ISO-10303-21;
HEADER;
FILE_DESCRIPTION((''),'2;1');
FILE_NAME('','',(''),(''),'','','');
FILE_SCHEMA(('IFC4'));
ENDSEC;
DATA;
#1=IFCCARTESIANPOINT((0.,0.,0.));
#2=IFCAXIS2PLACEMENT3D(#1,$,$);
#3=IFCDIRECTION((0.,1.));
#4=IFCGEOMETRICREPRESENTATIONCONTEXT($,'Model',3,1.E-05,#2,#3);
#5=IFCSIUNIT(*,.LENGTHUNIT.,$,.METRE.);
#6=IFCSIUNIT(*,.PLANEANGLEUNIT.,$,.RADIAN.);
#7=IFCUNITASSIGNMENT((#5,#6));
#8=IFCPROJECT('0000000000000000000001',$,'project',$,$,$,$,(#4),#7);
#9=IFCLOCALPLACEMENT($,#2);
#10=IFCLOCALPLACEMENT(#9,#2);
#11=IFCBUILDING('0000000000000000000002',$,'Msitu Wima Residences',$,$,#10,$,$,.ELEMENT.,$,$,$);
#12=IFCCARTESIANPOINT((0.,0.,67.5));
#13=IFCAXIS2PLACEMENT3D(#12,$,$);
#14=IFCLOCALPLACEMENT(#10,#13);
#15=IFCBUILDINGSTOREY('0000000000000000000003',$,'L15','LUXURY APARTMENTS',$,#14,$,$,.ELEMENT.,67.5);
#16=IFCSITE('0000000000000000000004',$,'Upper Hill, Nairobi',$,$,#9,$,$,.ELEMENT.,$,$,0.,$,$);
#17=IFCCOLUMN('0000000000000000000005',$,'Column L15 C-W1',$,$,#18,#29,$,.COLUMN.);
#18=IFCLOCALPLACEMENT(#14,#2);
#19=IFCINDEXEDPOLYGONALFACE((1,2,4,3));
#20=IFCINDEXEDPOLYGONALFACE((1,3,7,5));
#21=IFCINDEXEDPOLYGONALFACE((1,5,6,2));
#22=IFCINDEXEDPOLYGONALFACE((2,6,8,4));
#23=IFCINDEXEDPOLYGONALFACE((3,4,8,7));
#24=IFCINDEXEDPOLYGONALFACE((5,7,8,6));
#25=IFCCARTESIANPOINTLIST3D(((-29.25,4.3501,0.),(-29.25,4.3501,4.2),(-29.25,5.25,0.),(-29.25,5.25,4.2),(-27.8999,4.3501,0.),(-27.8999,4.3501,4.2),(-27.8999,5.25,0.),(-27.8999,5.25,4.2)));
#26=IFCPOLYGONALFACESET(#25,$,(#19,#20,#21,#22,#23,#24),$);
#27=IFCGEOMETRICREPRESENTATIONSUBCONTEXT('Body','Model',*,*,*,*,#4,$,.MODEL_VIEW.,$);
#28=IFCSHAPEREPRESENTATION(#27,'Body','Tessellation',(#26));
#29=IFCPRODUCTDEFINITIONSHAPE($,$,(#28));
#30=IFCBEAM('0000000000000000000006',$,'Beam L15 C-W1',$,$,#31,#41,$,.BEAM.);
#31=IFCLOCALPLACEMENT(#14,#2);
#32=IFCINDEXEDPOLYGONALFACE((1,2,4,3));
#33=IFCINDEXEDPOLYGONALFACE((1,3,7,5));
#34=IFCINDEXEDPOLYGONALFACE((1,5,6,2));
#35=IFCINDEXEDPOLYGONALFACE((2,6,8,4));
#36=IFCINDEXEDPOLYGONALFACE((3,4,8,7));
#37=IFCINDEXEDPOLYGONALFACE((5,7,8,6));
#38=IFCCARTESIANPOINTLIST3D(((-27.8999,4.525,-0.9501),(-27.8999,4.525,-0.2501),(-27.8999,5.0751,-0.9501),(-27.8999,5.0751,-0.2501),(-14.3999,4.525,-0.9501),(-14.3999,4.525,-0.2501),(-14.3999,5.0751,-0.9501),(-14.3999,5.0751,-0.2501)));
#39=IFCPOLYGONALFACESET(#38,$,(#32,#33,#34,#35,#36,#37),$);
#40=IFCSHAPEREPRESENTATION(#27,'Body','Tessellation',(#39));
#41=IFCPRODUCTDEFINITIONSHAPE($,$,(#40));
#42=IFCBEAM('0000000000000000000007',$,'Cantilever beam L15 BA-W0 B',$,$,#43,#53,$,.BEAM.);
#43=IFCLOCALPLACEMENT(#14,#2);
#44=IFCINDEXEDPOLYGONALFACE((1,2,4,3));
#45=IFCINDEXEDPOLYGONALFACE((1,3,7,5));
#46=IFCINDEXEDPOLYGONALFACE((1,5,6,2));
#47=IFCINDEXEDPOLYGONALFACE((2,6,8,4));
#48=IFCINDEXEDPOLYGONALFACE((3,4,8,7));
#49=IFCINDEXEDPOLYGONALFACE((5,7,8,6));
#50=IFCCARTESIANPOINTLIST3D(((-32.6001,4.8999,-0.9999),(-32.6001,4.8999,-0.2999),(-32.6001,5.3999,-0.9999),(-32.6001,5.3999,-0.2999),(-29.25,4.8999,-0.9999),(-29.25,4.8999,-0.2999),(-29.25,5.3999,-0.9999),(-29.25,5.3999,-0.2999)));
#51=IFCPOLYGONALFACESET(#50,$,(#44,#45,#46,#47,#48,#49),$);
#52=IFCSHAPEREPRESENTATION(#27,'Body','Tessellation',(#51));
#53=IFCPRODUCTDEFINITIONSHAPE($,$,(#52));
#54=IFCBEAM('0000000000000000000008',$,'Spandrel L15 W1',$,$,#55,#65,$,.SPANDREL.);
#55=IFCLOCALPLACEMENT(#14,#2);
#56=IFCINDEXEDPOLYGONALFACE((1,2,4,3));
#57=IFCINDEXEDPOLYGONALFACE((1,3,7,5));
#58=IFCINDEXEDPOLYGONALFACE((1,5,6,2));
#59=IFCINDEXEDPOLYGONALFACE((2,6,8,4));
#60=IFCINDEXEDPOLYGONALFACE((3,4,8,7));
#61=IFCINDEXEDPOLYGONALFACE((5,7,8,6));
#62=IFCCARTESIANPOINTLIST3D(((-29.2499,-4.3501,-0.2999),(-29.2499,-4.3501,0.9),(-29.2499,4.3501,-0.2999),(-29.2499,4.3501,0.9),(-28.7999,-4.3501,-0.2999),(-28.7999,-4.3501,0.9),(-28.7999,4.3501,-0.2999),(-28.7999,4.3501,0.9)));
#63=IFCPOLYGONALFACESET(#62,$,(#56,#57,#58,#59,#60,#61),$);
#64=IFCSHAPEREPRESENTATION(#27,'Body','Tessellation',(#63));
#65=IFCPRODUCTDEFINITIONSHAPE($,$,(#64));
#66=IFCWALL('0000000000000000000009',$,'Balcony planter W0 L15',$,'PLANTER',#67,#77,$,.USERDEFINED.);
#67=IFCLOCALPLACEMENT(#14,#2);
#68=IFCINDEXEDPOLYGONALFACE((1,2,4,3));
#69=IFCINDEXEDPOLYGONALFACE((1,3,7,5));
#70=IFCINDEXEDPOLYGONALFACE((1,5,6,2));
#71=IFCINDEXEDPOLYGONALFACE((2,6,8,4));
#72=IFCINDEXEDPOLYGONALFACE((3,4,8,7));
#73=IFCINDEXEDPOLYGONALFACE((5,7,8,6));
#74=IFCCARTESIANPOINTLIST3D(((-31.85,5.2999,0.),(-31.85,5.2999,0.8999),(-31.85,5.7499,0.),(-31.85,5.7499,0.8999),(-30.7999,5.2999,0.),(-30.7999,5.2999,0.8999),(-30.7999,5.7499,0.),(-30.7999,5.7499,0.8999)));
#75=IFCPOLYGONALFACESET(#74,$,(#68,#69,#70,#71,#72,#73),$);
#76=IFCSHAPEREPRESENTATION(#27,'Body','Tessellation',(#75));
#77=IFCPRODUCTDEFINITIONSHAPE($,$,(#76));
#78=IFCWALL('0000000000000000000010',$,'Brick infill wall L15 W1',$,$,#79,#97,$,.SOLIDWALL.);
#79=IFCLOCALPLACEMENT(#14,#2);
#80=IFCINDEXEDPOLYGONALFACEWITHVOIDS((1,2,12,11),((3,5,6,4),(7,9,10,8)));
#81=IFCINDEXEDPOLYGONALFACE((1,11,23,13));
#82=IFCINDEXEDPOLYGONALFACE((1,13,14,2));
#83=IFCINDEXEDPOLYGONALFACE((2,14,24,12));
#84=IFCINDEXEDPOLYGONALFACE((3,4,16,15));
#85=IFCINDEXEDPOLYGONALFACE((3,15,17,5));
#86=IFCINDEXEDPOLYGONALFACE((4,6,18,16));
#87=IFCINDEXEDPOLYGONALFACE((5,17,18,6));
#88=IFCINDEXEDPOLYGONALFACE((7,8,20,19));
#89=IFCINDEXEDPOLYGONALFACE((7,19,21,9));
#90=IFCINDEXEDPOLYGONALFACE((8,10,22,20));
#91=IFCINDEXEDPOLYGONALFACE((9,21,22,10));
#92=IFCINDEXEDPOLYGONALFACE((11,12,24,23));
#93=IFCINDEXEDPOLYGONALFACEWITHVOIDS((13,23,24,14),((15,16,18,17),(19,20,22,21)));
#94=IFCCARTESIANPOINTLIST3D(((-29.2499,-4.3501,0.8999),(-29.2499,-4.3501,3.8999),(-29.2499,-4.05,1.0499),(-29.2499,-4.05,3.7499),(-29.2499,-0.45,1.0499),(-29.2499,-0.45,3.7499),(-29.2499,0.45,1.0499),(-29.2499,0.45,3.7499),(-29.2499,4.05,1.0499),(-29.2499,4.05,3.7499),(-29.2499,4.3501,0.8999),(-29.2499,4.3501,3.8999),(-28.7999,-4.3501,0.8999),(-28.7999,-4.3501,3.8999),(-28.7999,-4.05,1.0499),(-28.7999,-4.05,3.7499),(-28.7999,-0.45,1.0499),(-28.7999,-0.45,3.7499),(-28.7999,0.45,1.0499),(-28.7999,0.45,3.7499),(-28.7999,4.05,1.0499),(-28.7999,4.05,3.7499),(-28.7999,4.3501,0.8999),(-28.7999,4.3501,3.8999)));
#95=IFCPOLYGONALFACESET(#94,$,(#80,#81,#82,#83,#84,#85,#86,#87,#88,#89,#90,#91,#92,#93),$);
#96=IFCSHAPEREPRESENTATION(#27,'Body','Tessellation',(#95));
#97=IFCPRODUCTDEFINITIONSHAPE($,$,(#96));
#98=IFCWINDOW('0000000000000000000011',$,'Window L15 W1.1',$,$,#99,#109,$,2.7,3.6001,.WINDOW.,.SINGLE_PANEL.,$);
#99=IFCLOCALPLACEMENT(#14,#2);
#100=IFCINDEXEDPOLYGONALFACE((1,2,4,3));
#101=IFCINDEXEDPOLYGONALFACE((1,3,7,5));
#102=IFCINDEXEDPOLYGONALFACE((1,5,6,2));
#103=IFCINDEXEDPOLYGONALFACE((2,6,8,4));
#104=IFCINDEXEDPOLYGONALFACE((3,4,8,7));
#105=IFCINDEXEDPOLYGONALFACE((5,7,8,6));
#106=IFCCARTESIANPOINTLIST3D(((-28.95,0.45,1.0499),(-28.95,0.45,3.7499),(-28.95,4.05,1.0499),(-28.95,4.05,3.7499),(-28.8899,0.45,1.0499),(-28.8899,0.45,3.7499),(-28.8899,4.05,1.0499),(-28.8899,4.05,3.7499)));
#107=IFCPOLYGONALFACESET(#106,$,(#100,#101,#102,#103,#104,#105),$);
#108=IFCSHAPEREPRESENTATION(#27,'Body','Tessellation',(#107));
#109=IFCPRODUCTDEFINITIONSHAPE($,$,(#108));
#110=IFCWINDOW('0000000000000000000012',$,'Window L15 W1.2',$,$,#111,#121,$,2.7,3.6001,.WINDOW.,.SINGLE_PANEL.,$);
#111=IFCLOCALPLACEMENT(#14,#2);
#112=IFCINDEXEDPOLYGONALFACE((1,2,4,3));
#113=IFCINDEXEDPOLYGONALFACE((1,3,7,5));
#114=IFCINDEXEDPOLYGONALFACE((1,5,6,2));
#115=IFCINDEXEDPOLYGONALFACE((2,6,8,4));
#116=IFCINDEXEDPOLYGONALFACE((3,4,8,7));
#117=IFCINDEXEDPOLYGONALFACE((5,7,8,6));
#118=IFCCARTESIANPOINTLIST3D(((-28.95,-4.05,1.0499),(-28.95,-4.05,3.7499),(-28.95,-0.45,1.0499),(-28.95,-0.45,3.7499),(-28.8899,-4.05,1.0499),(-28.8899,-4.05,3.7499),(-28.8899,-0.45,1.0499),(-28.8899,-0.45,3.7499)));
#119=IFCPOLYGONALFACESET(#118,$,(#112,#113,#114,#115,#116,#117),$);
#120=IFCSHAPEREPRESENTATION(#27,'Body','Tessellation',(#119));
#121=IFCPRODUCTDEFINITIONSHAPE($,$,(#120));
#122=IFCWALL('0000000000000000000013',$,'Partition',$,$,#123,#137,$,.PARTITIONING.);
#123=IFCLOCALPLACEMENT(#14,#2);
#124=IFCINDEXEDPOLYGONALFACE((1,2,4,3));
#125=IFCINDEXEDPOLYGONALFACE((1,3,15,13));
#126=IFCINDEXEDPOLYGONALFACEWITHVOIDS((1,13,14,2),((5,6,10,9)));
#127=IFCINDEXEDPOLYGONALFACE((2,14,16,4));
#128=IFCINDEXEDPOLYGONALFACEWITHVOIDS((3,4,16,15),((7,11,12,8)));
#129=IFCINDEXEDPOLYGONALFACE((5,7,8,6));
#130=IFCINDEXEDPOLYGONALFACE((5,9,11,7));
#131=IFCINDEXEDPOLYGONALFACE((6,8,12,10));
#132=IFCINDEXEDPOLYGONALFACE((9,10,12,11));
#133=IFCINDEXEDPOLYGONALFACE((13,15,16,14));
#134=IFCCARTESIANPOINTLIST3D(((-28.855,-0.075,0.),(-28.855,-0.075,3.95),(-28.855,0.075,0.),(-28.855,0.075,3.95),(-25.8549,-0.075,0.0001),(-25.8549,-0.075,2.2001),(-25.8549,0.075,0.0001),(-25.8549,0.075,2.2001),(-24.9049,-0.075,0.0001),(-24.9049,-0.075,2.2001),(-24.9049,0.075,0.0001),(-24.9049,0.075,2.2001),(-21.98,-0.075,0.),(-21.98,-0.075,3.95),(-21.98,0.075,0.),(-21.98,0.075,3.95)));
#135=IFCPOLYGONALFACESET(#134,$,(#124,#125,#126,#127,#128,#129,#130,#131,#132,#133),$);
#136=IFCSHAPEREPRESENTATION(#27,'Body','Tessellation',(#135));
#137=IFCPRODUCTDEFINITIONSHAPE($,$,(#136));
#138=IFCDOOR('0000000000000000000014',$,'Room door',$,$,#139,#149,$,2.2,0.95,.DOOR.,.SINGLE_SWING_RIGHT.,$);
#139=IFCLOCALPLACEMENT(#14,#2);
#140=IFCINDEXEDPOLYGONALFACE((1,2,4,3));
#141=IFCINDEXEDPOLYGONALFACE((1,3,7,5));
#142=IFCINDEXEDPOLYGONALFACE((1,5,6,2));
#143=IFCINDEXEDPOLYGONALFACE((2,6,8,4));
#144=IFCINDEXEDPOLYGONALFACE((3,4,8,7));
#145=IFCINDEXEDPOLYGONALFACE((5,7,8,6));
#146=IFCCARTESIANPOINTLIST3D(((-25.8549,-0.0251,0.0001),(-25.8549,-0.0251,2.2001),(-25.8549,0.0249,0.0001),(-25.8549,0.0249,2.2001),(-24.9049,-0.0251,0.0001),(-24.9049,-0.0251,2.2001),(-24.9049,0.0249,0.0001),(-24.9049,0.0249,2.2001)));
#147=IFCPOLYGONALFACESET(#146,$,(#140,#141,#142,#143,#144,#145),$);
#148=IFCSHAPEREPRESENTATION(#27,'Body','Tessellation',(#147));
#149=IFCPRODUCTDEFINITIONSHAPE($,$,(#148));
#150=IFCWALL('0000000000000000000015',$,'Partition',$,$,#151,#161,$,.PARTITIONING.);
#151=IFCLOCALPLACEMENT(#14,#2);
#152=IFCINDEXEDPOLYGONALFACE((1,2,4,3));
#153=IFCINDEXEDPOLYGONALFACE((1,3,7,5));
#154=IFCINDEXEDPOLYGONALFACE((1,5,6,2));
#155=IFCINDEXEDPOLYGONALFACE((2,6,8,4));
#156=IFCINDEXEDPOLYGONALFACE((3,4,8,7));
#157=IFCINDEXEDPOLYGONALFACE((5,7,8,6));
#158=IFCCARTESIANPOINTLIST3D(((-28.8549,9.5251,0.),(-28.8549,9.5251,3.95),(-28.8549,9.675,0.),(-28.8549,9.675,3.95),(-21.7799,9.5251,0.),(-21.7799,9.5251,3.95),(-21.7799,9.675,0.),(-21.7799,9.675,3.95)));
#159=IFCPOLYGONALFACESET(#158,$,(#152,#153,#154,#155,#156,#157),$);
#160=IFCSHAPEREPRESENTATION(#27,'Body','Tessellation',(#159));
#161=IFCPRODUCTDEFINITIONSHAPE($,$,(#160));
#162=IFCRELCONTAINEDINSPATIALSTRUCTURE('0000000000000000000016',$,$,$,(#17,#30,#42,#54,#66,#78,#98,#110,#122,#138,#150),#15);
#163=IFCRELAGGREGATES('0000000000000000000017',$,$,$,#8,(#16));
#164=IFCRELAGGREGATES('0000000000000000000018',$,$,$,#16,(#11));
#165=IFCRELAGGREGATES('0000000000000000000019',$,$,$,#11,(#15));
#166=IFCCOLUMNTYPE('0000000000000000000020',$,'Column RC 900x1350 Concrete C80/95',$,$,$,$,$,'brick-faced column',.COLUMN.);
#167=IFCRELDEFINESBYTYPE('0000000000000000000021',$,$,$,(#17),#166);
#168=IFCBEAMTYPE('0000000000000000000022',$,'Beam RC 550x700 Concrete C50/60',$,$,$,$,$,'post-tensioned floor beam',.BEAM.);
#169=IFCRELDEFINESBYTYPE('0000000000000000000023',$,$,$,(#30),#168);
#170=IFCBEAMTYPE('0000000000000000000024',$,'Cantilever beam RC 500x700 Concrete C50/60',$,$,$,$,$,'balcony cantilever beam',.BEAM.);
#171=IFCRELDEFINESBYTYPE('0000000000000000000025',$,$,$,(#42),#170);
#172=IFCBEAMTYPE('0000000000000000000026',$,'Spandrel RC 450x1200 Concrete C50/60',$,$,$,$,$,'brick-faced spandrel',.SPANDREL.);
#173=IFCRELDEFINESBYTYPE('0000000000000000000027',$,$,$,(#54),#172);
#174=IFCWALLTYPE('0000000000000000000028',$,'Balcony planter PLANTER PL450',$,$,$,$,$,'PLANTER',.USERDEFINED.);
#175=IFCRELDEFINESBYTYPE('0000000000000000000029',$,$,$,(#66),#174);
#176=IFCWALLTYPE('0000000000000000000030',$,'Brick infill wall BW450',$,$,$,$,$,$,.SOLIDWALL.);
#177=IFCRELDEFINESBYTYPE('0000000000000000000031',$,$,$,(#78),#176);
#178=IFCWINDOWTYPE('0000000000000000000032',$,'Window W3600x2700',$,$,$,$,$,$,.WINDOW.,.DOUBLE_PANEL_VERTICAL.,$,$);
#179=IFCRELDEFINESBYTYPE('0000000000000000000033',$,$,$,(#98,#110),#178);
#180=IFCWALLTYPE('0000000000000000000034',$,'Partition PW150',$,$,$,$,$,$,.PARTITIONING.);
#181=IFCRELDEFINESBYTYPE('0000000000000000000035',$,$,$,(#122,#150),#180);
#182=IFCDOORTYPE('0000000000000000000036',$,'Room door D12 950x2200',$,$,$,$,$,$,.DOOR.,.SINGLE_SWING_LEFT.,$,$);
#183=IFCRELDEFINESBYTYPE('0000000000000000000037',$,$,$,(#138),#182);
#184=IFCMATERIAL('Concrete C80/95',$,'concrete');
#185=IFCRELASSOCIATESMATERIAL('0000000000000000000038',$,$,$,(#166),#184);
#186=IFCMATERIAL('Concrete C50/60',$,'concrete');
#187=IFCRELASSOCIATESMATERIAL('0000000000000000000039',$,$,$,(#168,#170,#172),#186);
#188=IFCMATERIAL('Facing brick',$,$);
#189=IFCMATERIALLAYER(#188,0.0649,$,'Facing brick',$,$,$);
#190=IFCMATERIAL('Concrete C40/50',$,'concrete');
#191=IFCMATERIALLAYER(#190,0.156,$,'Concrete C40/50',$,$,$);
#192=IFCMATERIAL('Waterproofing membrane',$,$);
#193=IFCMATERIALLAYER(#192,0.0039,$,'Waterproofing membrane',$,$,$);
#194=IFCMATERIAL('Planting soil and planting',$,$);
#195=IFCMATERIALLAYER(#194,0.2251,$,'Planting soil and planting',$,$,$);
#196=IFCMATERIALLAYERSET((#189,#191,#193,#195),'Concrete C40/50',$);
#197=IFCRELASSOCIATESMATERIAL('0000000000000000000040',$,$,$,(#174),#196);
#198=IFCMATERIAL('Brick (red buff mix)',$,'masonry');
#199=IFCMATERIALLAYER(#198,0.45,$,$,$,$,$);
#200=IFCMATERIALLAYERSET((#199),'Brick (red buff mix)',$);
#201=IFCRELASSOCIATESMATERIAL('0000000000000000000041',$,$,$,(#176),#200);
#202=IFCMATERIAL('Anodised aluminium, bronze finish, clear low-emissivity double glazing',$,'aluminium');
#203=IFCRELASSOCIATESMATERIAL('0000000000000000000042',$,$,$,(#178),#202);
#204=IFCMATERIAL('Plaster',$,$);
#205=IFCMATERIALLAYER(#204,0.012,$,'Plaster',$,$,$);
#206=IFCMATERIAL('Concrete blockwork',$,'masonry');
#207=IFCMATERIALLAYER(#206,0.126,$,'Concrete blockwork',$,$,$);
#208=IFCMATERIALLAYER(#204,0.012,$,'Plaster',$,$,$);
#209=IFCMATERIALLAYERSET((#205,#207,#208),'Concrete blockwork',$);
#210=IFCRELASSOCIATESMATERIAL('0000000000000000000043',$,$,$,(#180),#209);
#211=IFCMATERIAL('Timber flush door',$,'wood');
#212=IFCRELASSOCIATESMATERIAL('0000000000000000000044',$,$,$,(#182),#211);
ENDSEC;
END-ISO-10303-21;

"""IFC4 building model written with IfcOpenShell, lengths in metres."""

from ifc_helpers import new_model, si_unit, direction, frame, frame_2d, origin, origin_2d, place, context, subcontext, project, spatial, rectangle, extrude, material, layer, layer_set, material_profile, profile_set, type_object, element, fill, save


model = new_model("IFC4")

# Units and contexts
model_context = context("Model", 3, precision=1e-05, world=origin(), true_north=direction((0.0, 1.0)))
body_context = subcontext(model_context, "Body", "Model", "MODEL_VIEW")
ifc_project = project(units=[si_unit("LENGTHUNIT", "METRE"), si_unit("PLANEANGLEUNIT", "RADIAN")], contexts=[model_context])

# Site, building, storey
site_placement = place(None, origin())
site = spatial("IfcSite", under=ifc_project, at=site_placement, Name="Upper Hill, Nairobi", CompositionType="ELEMENT", RefElevation=0.0)
building_placement = place(site_placement, origin())
building = spatial("IfcBuilding", under=site, at=building_placement, Name="Msitu Wima Residences", CompositionType="ELEMENT")
storey_placement = place(building_placement, frame((0.0, 0.0, 67.5)))
storey = spatial("IfcBuildingStorey", under=building, at=storey_placement, Name="L15", Description="LUXURY APARTMENTS", CompositionType="ELEMENT", Elevation=67.5)

# Column
ifc_material_1 = material(Name="Concrete C80/95", Category="concrete")
ifc_material_profile_1 = material_profile(ifc_material_1, rectangle(XDim=0.8999, YDim=1.3501, at=origin_2d()), Name="RC 900x1350")
ifc_profile_set_1 = profile_set([ifc_material_profile_1], Name="Concrete C80/95")
column_type = type_object("IfcColumnType", Name="Column RC 900x1350 Concrete C80/95", ElementType="brick-faced column", PredefinedType="COLUMN", material=ifc_profile_set_1)
column_placement = place(storey_placement, frame((-28.575, 4.8, 0.0), z_axis=(0.0, 0.0, 1.0), x_axis=(0.0, -1.0, 0.0)))
element("IfcColumn", 1, at=column_placement, inside=storey, type_object=column_type, Name="Column L15 C-W1", PredefinedType="COLUMN", context=body_context, shape_type="SweptSolid", body=[
    extrude(rectangle(XDim=0.8999, YDim=1.3501, at=origin_2d()), origin(), (0.0, 0.0, 1.0), 4.2),
])

# Beams
ifc_material_2 = material(Name="Concrete C50/60", Category="concrete")
ifc_material_profile_2 = material_profile(ifc_material_2, rectangle(XDim=0.55, YDim=0.7, at=origin_2d()), Name="RC 550x700")
ifc_profile_set_2 = profile_set([ifc_material_profile_2], Name="Concrete C50/60")
beam_type_1 = type_object("IfcBeamType", Name="Beam RC 550x700 Concrete C50/60", ElementType="post-tensioned floor beam", PredefinedType="BEAM", material=ifc_profile_set_2)
beam_1_placement = place(storey_placement, frame((-27.8999, 4.8, -0.6001), z_axis=(1.0, 0.0, 0.0), x_axis=(0.0, 1.0, 0.0)))
element("IfcBeam", 2, at=beam_1_placement, inside=storey, type_object=beam_type_1, Name="Beam L15 C-W1", PredefinedType="BEAM", context=body_context, shape_type="SweptSolid", body=[
    extrude(rectangle(XDim=0.55, YDim=0.7, at=origin_2d()), origin(), (0.0, 0.0, 1.0), 13.5),
])
ifc_material_profile_3 = material_profile(ifc_material_2, rectangle(XDim=0.5, YDim=0.7, at=origin_2d()), Name="RC 500x700")
ifc_profile_set_3 = profile_set([ifc_material_profile_3], Name="Concrete C50/60")
beam_type_2 = type_object("IfcBeamType", Name="Cantilever beam RC 500x700 Concrete C50/60", ElementType="balcony cantilever beam", PredefinedType="BEAM", material=ifc_profile_set_3)
beam_2_placement = place(storey_placement, frame((-29.25, 5.1499, -0.6499), z_axis=(-1.0, 0.0, 0.0), x_axis=(0.0, -1.0, 0.0)))
element("IfcBeam", 3, at=beam_2_placement, inside=storey, type_object=beam_type_2, Name="Cantilever beam L15 BA-W0 B", PredefinedType="BEAM", context=body_context, shape_type="SweptSolid", body=[
    extrude(rectangle(XDim=0.5, YDim=0.7, at=origin_2d()), origin(), (0.0, 0.0, 1.0), 3.3501),
])
ifc_material_profile_4 = material_profile(ifc_material_2, rectangle(XDim=0.45, YDim=1.2, at=origin_2d()), Name="RC 450x1200")
ifc_profile_set_4 = profile_set([ifc_material_profile_4], Name="Concrete C50/60")
beam_type_3 = type_object("IfcBeamType", Name="Spandrel RC 450x1200 Concrete C50/60", ElementType="brick-faced spandrel", PredefinedType="SPANDREL", material=ifc_profile_set_4)
beam_3_placement = place(storey_placement, frame((-29.0249, 4.3501, 0.3), z_axis=(0.0, -1.0, 0.0), x_axis=(1.0, 0.0, 0.0)))
element("IfcBeam", 4, at=beam_3_placement, inside=storey, type_object=beam_type_3, Name="Spandrel L15 W1", PredefinedType="SPANDREL", context=body_context, shape_type="SweptSolid", body=[
    extrude(rectangle(XDim=0.45, YDim=1.2, at=origin_2d()), origin(), (0.0, 0.0, 1.0), 8.7002),
])

# Wall
ifc_material_3 = material(Name="Facing brick")
ifc_layer_1 = layer(ifc_material_3, 0.0649, Name="Facing brick")
ifc_material_4 = material(Name="Concrete C40/50", Category="concrete")
ifc_layer_2 = layer(ifc_material_4, 0.156, Name="Concrete C40/50")
ifc_material_5 = material(Name="Waterproofing membrane")
ifc_layer_3 = layer(ifc_material_5, 0.0039, Name="Waterproofing membrane")
ifc_material_6 = material(Name="Planting soil and planting")
ifc_layer_4 = layer(ifc_material_6, 0.2251, Name="Planting soil and planting")
ifc_layer_set_1 = layer_set([ifc_layer_1, ifc_layer_2, ifc_layer_3, ifc_layer_4], Name="Concrete C40/50")
wall_type_1 = type_object("IfcWallType", Name="Balcony planter PLANTER PL450", ElementType="PLANTER", PredefinedType="USERDEFINED", material=ifc_layer_set_1)
wall_1_placement = place(storey_placement, frame((-30.8, 5.5249, 0.0), z_axis=(0.0, 0.0, 1.0), x_axis=(-1.0, 0.0, 0.0)))
element("IfcWall", 5, at=wall_1_placement, inside=storey, type_object=wall_type_1, Name="Balcony planter W0 L15", ObjectType="PLANTER", PredefinedType="USERDEFINED", context=body_context, shape_type="SweptSolid", body=[
    extrude(rectangle(XDim=1.05, YDim=0.45, at=frame_2d((0.5249, 0.0))), origin(), (0.0, 0.0, 1.0), 0.8999),
])

# Wall, openings, windows
ifc_material_7 = material(Name="Brick (red buff mix)", Category="masonry")
ifc_layer_5 = layer(ifc_material_7, 0.45)
ifc_layer_set_2 = layer_set([ifc_layer_5], Name="Brick (red buff mix)")
wall_type_2 = type_object("IfcWallType", Name="Brick infill wall BW450", PredefinedType="SOLIDWALL", material=ifc_layer_set_2)
wall_2_placement = place(storey_placement, frame((-29.0249, 4.3501, 0.8999), z_axis=(0.0, 0.0, 1.0), x_axis=(0.0, -1.0, 0.0)))
wall_2 = element("IfcWall", 6, at=wall_2_placement, inside=storey, type_object=wall_type_2, Name="Brick infill wall L15 W1", PredefinedType="SOLIDWALL", context=body_context, shape_type="SweptSolid", body=[
    extrude(rectangle(XDim=8.7002, YDim=0.45, at=frame_2d((4.3501, 0.0))), origin(), (0.0, 0.0, 1.0), 3.0),
])
opening_1_placement = place(wall_2_placement, frame((0.3, 0.0, 0.1499)))
opening_1 = element("IfcOpeningElement", 7, at=opening_1_placement, cuts=wall_2, PredefinedType="OPENING", context=body_context, shape_type="SweptSolid", body=[
    extrude(rectangle(XDim=3.6001, YDim=2.7, at=frame_2d((1.8, 1.3501))), frame((0.0, 0.2349, 0.0), z_axis=(0.0, -1.0, 0.0), x_axis=(1.0, 0.0, 0.0)), (0.0, 0.0, 1.0), 0.47),
])
opening_2_placement = place(wall_2_placement, frame((4.8, 0.0, 0.1499)))
opening_2 = element("IfcOpeningElement", 8, at=opening_2_placement, cuts=wall_2, PredefinedType="OPENING", context=body_context, shape_type="SweptSolid", body=[
    extrude(rectangle(XDim=3.6001, YDim=2.7, at=frame_2d((1.8, 1.3501))), frame((0.0, 0.2349, 0.0), z_axis=(0.0, -1.0, 0.0), x_axis=(1.0, 0.0, 0.0)), (0.0, 0.0, 1.0), 0.47),
])
ifc_material_8 = material(Name="Anodised aluminium, bronze finish, clear low-emissivity double glazing", Category="aluminium")
window_type = type_object("IfcWindowType", Name="Window W3600x2700", PartitioningType="DOUBLE_PANEL_VERTICAL", PredefinedType="WINDOW", material=ifc_material_8)
window_1_placement = place(opening_1_placement, origin())
window_1 = element("IfcWindow", 9, at=window_1_placement, inside=storey, type_object=window_type, Name="Window L15 W1.1", OverallHeight=2.7, OverallWidth=3.6001, PartitioningType="SINGLE_PANEL", PredefinedType="WINDOW", context=body_context, shape_type="SweptSolid", body=[
    extrude(rectangle(XDim=3.6001, YDim=2.7, at=frame_2d((1.8, 1.3501))), frame((0.0, 0.135, 0.0), z_axis=(0.0, -1.0, 0.0), x_axis=(1.0, 0.0, 0.0)), (0.0, 0.0, 1.0), 0.0601),
])
fill(opening_1, window_1)
window_2_placement = place(opening_2_placement, origin())
window_2 = element("IfcWindow", 10, at=window_2_placement, inside=storey, type_object=window_type, Name="Window L15 W1.2", OverallHeight=2.7, OverallWidth=3.6001, PartitioningType="SINGLE_PANEL", PredefinedType="WINDOW", context=body_context, shape_type="SweptSolid", body=[
    extrude(rectangle(XDim=3.6001, YDim=2.7, at=frame_2d((1.8, 1.3501))), frame((0.0, 0.135, 0.0), z_axis=(0.0, -1.0, 0.0), x_axis=(1.0, 0.0, 0.0)), (0.0, 0.0, 1.0), 0.0601),
])
fill(opening_2, window_2)

# Wall, opening, door
ifc_material_9 = material(Name="Plaster")
ifc_layer_6 = layer(ifc_material_9, 0.012, Name="Plaster")
ifc_material_10 = material(Name="Concrete blockwork", Category="masonry")
ifc_layer_7 = layer(ifc_material_10, 0.126, Name="Concrete blockwork")
ifc_layer_8 = layer(ifc_material_9, 0.012, Name="Plaster")
ifc_layer_set_3 = layer_set([ifc_layer_6, ifc_layer_7, ifc_layer_8], Name="Concrete blockwork")
wall_type_3 = type_object("IfcWallType", Name="Partition PW150", PredefinedType="PARTITIONING", material=ifc_layer_set_3)
wall_3_placement = place(storey_placement, frame((-28.855, 0.0, 0.0), z_axis=(0.0, 0.0, 1.0), x_axis=(1.0, 0.0, 0.0)))
wall_3 = element("IfcWall", 11, at=wall_3_placement, inside=storey, type_object=wall_type_3, Name="Partition", PredefinedType="PARTITIONING", context=body_context, shape_type="SweptSolid", body=[
    extrude(rectangle(XDim=6.875, YDim=0.1499, at=frame_2d((3.4375, 0.0))), origin(), (0.0, 0.0, 1.0), 3.95),
])
opening_3_placement = place(wall_3_placement, frame((3.0, 0.0, 0.0)))
opening_3 = element("IfcOpeningElement", 12, at=opening_3_placement, cuts=wall_3, PredefinedType="OPENING", context=body_context, shape_type="SweptSolid", body=[
    extrude(rectangle(XDim=0.95, YDim=2.2, at=frame_2d((0.4751, 1.1001))), frame((0.0, 0.085, 0.0), z_axis=(0.0, -1.0, 0.0), x_axis=(1.0, 0.0, 0.0)), (0.0, 0.0, 1.0), 0.1699),
])
ifc_material_11 = material(Name="Timber flush door", Category="wood")
door_type_1 = type_object("IfcDoorType", Name="Room door D12 950x2200", OperationType="SINGLE_SWING_LEFT", PredefinedType="DOOR", material=ifc_material_11)
door_1_placement = place(opening_3_placement, origin())
door_1 = element("IfcDoor", 13, at=door_1_placement, inside=storey, type_object=door_type_1, Name="Room door", OperationType="SINGLE_SWING_RIGHT", OverallHeight=2.2, OverallWidth=0.95, PredefinedType="DOOR", context=body_context, shape_type="SweptSolid", body=[
    extrude(rectangle(XDim=0.95, YDim=2.2, at=frame_2d((0.4751, 1.1001))), frame((0.0, 0.0249, 0.0), z_axis=(0.0, -1.0, 0.0), x_axis=(1.0, 0.0, 0.0)), (0.0, 0.0, 1.0), 0.05),
])
fill(opening_3, door_1)

# Wall
wall_4_placement = place(storey_placement, frame((-28.855, 9.6001, 0.0), z_axis=(0.0, 0.0, 1.0), x_axis=(1.0, 0.0, 0.0)))
element("IfcWall", 14, at=wall_4_placement, inside=storey, type_object=wall_type_3, Name="Partition", PredefinedType="PARTITIONING", context=body_context, shape_type="SweptSolid", body=[
    extrude(rectangle(XDim=7.075, YDim=0.1499, at=frame_2d((3.5376, 0.0))), origin(), (0.0, 0.0, 1.0), 3.95),
])

save(model, "model.ifc")
